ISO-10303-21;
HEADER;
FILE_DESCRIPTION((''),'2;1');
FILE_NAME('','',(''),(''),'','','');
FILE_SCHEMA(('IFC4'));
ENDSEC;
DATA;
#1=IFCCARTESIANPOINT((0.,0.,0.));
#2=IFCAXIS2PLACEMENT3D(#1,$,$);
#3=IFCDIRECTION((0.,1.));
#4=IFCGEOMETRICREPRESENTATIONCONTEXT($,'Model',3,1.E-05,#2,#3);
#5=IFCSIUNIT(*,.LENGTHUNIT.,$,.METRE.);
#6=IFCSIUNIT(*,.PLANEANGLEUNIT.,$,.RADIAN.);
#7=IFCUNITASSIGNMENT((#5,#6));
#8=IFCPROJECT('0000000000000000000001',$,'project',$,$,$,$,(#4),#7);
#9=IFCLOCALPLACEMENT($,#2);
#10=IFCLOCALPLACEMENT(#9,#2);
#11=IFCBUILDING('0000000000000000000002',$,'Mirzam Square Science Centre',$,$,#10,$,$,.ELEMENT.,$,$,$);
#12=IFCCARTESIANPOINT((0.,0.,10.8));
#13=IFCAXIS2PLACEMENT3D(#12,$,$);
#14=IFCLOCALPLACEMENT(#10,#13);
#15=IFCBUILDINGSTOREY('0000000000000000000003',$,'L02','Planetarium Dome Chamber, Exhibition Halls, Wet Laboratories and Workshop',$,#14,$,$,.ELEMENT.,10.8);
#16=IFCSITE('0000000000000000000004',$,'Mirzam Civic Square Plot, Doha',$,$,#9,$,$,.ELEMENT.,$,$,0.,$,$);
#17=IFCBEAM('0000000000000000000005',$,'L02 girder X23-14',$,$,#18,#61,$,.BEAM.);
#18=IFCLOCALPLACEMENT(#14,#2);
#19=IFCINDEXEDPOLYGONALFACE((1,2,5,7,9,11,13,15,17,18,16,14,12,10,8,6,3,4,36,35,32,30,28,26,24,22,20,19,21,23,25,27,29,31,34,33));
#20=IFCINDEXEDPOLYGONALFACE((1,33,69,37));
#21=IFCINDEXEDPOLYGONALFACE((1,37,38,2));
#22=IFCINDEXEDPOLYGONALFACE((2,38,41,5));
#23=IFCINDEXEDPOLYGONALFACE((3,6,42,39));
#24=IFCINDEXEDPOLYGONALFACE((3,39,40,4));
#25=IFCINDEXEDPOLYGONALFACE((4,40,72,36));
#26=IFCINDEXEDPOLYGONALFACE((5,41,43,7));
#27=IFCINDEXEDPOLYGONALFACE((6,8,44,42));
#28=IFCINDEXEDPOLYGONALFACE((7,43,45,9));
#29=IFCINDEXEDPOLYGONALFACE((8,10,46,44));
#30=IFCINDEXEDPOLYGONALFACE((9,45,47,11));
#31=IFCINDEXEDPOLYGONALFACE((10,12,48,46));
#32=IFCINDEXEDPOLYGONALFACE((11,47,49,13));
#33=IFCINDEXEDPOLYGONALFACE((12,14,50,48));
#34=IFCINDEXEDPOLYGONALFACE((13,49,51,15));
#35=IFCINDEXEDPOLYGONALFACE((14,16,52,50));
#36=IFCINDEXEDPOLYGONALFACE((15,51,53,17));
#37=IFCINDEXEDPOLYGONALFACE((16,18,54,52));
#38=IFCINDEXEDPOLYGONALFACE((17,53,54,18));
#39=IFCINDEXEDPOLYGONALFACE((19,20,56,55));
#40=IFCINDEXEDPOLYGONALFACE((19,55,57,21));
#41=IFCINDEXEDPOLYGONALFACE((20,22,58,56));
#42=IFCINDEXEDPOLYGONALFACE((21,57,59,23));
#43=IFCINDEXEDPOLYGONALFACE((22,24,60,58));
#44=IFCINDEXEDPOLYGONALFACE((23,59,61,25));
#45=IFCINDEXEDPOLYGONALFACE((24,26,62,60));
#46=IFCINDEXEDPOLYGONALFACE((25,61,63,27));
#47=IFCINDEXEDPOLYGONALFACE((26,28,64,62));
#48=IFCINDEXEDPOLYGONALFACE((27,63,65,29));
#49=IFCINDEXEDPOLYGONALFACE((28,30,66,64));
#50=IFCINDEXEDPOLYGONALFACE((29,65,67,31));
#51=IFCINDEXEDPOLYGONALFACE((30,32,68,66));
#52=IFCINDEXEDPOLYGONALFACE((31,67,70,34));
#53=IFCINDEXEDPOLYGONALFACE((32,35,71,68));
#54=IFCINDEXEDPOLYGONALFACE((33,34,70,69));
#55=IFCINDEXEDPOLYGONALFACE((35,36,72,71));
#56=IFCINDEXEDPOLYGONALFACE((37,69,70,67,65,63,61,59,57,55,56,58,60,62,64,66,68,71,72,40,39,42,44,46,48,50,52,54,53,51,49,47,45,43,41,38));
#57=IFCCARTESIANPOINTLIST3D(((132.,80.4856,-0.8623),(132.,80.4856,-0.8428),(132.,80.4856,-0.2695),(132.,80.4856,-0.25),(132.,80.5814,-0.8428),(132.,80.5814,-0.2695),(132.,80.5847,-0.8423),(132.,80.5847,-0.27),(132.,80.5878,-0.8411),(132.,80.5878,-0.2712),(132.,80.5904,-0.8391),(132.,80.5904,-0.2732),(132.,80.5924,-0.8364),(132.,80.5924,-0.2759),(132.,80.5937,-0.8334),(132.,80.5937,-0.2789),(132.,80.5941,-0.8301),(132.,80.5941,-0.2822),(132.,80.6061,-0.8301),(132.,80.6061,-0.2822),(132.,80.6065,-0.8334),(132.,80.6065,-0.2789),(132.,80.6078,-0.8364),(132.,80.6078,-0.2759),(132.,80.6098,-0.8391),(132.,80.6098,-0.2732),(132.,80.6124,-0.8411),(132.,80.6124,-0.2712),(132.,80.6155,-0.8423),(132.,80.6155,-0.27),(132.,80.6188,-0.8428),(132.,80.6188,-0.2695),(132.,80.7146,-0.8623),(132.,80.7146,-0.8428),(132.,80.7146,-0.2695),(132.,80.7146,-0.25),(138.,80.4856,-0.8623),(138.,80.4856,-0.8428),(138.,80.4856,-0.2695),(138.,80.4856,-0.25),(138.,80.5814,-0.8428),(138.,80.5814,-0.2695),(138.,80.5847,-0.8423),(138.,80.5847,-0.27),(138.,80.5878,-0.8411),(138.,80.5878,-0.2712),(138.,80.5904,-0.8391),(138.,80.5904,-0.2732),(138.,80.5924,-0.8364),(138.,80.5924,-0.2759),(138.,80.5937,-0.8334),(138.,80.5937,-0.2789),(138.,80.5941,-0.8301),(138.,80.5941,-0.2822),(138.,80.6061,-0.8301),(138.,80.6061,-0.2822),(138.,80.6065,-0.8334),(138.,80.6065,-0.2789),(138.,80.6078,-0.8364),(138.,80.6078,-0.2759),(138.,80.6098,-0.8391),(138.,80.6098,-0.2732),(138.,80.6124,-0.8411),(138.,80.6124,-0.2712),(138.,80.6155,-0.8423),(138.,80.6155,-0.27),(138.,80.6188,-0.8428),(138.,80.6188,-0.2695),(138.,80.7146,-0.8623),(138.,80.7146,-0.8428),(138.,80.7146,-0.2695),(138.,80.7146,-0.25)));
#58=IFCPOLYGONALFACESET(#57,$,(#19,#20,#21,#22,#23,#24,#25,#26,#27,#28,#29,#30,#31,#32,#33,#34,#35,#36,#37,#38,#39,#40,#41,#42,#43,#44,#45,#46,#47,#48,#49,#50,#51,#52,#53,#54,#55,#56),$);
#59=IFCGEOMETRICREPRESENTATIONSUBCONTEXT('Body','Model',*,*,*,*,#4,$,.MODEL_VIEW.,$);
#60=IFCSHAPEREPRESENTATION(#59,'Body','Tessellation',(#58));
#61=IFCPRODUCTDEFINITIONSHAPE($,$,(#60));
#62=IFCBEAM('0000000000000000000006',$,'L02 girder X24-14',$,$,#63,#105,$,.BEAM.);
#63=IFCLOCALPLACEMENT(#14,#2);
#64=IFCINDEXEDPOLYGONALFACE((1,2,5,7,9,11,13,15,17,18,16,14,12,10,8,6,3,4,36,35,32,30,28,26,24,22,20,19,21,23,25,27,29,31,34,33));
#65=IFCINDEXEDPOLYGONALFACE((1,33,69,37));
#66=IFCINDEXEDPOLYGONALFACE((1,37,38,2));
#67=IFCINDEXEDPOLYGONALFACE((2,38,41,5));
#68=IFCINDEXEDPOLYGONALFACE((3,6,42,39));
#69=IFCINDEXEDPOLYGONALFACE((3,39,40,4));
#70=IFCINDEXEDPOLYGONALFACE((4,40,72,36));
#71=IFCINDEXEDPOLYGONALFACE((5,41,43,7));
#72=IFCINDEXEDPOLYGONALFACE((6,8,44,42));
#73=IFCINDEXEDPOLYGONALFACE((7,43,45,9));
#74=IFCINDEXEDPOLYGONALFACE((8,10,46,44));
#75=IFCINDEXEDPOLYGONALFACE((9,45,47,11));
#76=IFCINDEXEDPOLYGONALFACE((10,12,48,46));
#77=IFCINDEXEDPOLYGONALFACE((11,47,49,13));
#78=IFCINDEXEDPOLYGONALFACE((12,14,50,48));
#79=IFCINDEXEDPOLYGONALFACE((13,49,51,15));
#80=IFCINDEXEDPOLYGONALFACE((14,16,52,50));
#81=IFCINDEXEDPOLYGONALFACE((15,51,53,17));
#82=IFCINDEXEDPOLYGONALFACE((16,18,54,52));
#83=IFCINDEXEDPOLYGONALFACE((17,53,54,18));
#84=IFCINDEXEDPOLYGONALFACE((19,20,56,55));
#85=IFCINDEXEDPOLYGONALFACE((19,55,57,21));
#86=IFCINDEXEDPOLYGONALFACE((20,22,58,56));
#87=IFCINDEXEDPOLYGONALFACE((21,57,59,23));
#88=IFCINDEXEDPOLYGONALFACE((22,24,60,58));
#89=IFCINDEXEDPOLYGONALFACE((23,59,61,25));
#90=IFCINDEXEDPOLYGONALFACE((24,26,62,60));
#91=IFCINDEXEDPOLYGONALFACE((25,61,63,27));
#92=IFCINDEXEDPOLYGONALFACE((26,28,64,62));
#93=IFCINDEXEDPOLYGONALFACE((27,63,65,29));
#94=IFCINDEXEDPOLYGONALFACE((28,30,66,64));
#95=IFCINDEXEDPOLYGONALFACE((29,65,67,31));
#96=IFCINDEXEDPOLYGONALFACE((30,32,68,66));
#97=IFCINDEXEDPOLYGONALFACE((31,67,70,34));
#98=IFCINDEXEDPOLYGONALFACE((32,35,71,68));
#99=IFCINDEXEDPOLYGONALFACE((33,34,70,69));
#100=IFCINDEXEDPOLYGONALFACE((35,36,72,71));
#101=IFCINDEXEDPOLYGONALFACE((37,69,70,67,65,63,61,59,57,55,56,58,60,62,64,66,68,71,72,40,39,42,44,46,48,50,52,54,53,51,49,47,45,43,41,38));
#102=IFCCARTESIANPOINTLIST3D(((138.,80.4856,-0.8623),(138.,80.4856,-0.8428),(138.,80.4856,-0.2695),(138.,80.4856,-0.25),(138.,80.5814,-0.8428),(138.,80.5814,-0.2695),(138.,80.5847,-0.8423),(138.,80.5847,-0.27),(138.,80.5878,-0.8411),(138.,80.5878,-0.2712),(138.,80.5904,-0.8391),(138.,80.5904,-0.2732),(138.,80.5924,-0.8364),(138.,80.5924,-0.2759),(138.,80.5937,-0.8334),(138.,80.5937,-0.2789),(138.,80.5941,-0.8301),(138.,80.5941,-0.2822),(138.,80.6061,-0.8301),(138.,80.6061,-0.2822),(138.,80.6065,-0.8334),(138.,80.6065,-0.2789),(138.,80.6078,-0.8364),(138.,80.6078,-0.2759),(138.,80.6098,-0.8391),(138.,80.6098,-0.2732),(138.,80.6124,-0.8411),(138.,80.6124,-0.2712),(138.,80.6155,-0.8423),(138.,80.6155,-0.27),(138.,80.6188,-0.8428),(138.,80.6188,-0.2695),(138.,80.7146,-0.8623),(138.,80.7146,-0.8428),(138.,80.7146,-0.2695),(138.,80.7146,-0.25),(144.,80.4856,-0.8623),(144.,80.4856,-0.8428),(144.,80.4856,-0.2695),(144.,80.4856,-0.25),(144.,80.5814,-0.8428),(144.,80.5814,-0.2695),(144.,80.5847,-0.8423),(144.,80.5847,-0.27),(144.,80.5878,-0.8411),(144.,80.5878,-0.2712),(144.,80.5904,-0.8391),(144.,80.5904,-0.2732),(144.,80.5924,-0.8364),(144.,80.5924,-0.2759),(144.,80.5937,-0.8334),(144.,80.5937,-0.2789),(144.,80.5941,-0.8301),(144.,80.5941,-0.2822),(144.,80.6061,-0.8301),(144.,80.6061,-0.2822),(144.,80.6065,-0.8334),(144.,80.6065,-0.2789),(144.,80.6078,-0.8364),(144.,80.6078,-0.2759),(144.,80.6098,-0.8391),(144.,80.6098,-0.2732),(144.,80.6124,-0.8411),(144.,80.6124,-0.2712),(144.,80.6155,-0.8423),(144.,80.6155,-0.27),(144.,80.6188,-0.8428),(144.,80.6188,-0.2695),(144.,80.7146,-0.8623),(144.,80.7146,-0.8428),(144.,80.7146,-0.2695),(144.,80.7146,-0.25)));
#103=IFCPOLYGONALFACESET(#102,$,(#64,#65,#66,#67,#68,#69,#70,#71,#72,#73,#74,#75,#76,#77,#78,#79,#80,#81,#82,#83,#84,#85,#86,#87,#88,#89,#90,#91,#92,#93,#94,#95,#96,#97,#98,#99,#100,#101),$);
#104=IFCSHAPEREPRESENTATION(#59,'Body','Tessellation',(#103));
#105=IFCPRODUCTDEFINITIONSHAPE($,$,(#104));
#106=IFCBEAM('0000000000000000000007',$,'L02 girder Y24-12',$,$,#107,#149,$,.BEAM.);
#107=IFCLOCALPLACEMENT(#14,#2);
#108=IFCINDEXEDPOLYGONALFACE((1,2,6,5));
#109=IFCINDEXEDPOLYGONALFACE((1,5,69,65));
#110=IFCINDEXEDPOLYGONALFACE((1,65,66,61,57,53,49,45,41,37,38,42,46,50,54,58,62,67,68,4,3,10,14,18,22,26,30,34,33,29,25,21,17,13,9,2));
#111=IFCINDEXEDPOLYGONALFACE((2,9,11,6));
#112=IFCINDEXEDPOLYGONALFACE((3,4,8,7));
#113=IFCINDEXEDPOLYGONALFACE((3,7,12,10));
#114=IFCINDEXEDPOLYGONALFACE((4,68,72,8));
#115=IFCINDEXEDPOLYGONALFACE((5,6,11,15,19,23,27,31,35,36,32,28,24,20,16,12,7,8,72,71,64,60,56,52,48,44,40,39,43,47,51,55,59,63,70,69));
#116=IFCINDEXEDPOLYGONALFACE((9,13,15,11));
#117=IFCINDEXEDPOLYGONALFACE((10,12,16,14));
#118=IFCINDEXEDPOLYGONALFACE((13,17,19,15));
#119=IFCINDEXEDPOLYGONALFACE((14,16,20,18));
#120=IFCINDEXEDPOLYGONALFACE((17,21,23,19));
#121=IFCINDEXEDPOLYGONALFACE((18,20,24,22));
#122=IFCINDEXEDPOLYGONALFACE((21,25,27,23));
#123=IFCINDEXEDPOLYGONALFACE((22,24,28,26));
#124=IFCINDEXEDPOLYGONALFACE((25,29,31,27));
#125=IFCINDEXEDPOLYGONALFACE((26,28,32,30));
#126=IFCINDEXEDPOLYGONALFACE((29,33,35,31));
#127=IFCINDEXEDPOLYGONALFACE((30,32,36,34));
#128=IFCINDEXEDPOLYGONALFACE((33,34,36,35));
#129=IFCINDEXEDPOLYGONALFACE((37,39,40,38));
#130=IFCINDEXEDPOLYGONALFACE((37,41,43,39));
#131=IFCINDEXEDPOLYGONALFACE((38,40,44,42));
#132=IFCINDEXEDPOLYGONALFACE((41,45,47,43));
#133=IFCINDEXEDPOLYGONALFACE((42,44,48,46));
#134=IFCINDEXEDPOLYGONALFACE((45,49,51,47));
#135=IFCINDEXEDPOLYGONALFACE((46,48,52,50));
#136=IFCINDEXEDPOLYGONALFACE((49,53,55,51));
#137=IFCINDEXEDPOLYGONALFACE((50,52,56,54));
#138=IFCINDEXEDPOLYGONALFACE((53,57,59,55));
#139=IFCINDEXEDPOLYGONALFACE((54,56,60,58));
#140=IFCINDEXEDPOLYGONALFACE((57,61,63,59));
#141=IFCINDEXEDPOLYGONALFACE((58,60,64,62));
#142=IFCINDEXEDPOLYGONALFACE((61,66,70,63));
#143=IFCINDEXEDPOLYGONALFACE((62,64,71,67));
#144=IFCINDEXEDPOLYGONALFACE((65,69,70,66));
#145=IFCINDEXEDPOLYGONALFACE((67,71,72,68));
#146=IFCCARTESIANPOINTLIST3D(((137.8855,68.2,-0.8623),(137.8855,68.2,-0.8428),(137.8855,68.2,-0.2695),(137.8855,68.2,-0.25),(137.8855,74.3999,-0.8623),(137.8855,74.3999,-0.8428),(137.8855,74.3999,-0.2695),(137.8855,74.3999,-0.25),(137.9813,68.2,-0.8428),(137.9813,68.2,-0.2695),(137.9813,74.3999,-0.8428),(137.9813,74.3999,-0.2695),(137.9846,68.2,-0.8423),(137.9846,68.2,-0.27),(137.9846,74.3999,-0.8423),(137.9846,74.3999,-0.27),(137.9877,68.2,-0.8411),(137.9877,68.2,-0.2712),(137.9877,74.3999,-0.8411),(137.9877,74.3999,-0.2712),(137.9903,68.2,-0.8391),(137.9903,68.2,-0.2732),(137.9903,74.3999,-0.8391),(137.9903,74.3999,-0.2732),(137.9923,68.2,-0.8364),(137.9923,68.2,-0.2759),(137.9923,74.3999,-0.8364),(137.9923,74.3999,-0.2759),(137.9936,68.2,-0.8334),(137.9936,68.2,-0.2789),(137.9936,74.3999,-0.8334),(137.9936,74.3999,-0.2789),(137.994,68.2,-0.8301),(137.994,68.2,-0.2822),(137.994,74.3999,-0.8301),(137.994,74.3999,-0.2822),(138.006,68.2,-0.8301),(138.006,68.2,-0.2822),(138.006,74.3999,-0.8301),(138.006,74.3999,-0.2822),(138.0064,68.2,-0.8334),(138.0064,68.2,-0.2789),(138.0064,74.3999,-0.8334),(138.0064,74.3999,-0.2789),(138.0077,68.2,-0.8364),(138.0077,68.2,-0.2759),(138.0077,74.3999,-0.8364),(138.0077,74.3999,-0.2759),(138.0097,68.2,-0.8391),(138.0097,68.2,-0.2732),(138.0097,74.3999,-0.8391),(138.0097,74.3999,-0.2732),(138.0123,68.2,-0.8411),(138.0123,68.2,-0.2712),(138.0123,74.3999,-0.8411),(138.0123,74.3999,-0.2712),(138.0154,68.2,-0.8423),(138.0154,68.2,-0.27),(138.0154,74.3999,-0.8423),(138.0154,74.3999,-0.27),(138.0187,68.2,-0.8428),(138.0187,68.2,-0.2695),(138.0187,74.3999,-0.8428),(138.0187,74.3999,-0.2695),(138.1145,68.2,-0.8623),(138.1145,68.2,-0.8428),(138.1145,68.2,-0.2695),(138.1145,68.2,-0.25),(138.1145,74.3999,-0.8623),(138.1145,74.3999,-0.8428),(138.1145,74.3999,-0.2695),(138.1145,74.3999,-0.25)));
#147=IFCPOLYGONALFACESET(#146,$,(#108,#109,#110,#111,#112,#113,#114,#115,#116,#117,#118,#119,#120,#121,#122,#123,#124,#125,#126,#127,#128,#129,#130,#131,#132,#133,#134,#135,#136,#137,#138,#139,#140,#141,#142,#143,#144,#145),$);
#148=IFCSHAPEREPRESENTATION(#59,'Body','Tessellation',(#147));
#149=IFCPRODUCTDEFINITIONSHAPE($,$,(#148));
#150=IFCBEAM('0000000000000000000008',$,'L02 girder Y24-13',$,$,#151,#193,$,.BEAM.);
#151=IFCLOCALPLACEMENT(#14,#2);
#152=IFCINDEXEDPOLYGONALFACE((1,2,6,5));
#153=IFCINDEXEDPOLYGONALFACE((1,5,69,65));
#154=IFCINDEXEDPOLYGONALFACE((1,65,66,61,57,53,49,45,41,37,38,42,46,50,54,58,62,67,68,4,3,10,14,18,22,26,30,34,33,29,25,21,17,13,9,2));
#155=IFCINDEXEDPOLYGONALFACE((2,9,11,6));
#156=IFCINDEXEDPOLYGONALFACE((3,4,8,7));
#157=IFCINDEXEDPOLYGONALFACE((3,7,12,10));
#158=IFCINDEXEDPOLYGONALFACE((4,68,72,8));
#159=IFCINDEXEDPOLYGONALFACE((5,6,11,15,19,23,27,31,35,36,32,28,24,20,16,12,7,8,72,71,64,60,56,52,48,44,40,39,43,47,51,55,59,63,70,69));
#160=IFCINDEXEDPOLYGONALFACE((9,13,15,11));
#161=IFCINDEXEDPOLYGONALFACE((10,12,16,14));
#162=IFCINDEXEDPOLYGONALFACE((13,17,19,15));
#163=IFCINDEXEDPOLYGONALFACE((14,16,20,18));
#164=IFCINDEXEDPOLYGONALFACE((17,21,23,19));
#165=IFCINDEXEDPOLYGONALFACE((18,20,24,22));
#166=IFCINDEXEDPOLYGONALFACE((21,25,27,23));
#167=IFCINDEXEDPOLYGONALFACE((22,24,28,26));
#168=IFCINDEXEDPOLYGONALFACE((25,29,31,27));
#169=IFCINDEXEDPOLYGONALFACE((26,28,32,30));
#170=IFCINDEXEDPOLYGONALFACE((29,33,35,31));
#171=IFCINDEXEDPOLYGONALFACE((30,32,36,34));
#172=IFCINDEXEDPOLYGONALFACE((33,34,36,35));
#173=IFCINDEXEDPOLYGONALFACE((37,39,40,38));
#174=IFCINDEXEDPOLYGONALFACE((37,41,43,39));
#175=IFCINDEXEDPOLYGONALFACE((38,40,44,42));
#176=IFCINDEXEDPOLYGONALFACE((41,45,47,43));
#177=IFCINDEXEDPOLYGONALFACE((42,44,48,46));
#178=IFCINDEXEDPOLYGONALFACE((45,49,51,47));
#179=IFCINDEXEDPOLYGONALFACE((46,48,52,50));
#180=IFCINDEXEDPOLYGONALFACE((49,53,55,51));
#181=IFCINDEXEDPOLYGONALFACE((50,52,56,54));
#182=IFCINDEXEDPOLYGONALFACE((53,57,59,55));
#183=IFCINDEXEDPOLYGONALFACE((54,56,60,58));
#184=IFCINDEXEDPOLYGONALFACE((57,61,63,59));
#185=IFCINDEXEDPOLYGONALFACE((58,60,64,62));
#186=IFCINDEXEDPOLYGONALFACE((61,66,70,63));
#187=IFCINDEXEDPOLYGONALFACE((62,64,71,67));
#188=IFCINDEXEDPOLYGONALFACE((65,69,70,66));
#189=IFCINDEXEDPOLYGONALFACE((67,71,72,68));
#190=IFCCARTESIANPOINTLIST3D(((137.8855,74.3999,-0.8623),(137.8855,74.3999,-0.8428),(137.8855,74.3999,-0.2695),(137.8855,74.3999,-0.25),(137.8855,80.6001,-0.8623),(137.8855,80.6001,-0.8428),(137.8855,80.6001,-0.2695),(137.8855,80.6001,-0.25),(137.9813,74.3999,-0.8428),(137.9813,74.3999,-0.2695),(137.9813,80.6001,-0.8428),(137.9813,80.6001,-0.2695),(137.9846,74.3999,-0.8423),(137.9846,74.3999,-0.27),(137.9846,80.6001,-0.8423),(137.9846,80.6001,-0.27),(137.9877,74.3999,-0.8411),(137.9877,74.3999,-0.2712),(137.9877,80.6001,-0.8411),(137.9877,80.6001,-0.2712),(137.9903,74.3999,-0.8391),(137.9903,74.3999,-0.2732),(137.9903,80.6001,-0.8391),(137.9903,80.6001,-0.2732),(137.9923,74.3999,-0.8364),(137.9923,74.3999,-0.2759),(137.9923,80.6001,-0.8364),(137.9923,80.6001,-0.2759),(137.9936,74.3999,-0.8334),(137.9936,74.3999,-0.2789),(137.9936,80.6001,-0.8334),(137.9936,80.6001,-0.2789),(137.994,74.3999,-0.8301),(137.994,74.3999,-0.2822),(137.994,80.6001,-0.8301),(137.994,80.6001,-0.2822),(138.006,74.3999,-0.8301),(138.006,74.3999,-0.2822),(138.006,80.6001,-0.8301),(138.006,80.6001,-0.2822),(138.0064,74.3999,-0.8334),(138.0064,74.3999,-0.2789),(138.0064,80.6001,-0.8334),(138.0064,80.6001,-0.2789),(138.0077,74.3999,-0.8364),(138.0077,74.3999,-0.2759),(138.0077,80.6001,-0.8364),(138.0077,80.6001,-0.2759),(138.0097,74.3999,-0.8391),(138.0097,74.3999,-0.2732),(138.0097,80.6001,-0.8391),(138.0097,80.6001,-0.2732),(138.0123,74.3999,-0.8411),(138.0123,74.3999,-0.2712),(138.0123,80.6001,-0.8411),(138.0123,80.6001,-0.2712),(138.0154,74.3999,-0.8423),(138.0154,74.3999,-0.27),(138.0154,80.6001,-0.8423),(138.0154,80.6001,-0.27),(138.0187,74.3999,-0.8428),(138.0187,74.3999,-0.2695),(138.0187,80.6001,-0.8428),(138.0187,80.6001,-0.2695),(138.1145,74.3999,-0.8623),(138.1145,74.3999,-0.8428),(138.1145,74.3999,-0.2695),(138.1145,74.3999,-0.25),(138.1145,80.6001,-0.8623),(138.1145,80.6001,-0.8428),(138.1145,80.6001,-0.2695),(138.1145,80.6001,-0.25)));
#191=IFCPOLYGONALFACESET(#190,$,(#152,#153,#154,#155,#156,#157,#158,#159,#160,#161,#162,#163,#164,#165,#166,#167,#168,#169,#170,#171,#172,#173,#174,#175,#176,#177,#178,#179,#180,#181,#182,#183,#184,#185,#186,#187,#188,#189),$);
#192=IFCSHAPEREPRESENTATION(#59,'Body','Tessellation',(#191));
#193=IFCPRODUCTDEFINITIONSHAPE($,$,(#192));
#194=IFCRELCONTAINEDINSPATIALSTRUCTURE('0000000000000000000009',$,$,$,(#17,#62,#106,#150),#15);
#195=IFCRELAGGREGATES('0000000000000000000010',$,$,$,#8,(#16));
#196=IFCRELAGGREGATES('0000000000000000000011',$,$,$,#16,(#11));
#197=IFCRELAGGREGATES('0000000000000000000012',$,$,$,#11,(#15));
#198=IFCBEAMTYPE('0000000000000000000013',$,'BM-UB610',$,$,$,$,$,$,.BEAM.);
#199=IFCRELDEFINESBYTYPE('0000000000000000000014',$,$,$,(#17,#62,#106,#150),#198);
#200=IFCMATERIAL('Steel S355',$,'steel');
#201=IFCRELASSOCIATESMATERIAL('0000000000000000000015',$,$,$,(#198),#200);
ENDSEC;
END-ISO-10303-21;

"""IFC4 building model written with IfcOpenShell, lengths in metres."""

from ifc_helpers import new_model, si_unit, direction, frame, origin, origin_2d, place, context, subcontext, project, spatial, i_section, extrude, material, material_profile, profile_set, type_object, element, save


model = new_model("IFC4")

# Units and contexts
model_context = context("Model", 3, precision=1e-05, world=origin(), true_north=direction((0.0, 1.0)))
body_context = subcontext(model_context, "Body", "Model", "MODEL_VIEW")
ifc_project = project(units=[si_unit("LENGTHUNIT", "METRE"), si_unit("PLANEANGLEUNIT", "RADIAN")], contexts=[model_context])

# Site, building, storey
site_placement = place(None, origin())
site = spatial("IfcSite", under=ifc_project, at=site_placement, Name="Mirzam Civic Square Plot, Doha", CompositionType="ELEMENT", RefElevation=0.0)
building_placement = place(site_placement, origin())
building = spatial("IfcBuilding", under=site, at=building_placement, Name="Mirzam Square Science Centre", CompositionType="ELEMENT")
storey_placement = place(building_placement, frame((0.0, 0.0, 10.8)))
storey = spatial("IfcBuildingStorey", under=building, at=storey_placement, Name="L02", Description="Planetarium Dome Chamber, Exhibition Halls, Wet Laboratories and Workshop", CompositionType="ELEMENT", Elevation=10.8)

# Shared definitions
ifc_material_1 = material(Name="Steel S355", Category="steel")

# Beams
ifc_material_profile_1 = material_profile(ifc_material_1, i_section(OverallWidth=0.229, OverallDepth=0.6123, WebThickness=0.012, FlangeThickness=0.0195, FilletRadius=0.0127, at=origin_2d()), Name="610x229x125UB")
ifc_profile_set_1 = profile_set([ifc_material_profile_1], Name="Steel S355")
beam_type_1 = type_object("IfcBeamType", Name="BM-UB610", PredefinedType="BEAM", material=ifc_profile_set_1)
for number, where, z_axis, x_axis, name in (
    (1, (132.0, 80.6001, -0.5562), (1.0, 0.0, 0.0), (0.0, 1.0, 0.0), "L02 girder X23-14"),
    (2, (138.0, 80.6001, -0.5562), (1.0, 0.0, 0.0), (0.0, 1.0, 0.0), "L02 girder X24-14"),
):
    element("IfcBeam", number, at=place(storey_placement, frame(where, z_axis=z_axis, x_axis=x_axis)), inside=storey, type_object=beam_type_1, Name=name, PredefinedType="BEAM", context=body_context, shape_type="SweptSolid", body=[
        extrude(i_section(OverallWidth=0.229, OverallDepth=0.6123, WebThickness=0.012, FlangeThickness=0.0195, FilletRadius=0.0127, at=origin_2d()), origin(), (0.0, 0.0, 1.0), 6.0),
    ])
beam_1_placement = place(storey_placement, frame((138.0, 68.2, -0.5562), z_axis=(0.0, 1.0, 0.0), x_axis=(-1.0, 0.0, 0.0)))
element("IfcBeam", 3, at=beam_1_placement, inside=storey, type_object=beam_type_1, Name="L02 girder Y24-12", PredefinedType="BEAM", context=body_context, shape_type="SweptSolid", body=[
    extrude(i_section(OverallWidth=0.229, OverallDepth=0.6123, WebThickness=0.012, FlangeThickness=0.0195, FilletRadius=0.0127, at=origin_2d()), origin(), (0.0, 0.0, 1.0), 6.2),
])
beam_2_placement = place(storey_placement, frame((138.0, 74.3999, -0.5562), z_axis=(0.0, 1.0, 0.0), x_axis=(-1.0, 0.0, 0.0)))
element("IfcBeam", 4, at=beam_2_placement, inside=storey, type_object=beam_type_1, Name="L02 girder Y24-13", PredefinedType="BEAM", context=body_context, shape_type="SweptSolid", body=[
    extrude(i_section(OverallWidth=0.229, OverallDepth=0.6123, WebThickness=0.012, FlangeThickness=0.0195, FilletRadius=0.0127, at=origin_2d()), origin(), (0.0, 0.0, 1.0), 6.2002),
])

save(model, "model.ifc")
